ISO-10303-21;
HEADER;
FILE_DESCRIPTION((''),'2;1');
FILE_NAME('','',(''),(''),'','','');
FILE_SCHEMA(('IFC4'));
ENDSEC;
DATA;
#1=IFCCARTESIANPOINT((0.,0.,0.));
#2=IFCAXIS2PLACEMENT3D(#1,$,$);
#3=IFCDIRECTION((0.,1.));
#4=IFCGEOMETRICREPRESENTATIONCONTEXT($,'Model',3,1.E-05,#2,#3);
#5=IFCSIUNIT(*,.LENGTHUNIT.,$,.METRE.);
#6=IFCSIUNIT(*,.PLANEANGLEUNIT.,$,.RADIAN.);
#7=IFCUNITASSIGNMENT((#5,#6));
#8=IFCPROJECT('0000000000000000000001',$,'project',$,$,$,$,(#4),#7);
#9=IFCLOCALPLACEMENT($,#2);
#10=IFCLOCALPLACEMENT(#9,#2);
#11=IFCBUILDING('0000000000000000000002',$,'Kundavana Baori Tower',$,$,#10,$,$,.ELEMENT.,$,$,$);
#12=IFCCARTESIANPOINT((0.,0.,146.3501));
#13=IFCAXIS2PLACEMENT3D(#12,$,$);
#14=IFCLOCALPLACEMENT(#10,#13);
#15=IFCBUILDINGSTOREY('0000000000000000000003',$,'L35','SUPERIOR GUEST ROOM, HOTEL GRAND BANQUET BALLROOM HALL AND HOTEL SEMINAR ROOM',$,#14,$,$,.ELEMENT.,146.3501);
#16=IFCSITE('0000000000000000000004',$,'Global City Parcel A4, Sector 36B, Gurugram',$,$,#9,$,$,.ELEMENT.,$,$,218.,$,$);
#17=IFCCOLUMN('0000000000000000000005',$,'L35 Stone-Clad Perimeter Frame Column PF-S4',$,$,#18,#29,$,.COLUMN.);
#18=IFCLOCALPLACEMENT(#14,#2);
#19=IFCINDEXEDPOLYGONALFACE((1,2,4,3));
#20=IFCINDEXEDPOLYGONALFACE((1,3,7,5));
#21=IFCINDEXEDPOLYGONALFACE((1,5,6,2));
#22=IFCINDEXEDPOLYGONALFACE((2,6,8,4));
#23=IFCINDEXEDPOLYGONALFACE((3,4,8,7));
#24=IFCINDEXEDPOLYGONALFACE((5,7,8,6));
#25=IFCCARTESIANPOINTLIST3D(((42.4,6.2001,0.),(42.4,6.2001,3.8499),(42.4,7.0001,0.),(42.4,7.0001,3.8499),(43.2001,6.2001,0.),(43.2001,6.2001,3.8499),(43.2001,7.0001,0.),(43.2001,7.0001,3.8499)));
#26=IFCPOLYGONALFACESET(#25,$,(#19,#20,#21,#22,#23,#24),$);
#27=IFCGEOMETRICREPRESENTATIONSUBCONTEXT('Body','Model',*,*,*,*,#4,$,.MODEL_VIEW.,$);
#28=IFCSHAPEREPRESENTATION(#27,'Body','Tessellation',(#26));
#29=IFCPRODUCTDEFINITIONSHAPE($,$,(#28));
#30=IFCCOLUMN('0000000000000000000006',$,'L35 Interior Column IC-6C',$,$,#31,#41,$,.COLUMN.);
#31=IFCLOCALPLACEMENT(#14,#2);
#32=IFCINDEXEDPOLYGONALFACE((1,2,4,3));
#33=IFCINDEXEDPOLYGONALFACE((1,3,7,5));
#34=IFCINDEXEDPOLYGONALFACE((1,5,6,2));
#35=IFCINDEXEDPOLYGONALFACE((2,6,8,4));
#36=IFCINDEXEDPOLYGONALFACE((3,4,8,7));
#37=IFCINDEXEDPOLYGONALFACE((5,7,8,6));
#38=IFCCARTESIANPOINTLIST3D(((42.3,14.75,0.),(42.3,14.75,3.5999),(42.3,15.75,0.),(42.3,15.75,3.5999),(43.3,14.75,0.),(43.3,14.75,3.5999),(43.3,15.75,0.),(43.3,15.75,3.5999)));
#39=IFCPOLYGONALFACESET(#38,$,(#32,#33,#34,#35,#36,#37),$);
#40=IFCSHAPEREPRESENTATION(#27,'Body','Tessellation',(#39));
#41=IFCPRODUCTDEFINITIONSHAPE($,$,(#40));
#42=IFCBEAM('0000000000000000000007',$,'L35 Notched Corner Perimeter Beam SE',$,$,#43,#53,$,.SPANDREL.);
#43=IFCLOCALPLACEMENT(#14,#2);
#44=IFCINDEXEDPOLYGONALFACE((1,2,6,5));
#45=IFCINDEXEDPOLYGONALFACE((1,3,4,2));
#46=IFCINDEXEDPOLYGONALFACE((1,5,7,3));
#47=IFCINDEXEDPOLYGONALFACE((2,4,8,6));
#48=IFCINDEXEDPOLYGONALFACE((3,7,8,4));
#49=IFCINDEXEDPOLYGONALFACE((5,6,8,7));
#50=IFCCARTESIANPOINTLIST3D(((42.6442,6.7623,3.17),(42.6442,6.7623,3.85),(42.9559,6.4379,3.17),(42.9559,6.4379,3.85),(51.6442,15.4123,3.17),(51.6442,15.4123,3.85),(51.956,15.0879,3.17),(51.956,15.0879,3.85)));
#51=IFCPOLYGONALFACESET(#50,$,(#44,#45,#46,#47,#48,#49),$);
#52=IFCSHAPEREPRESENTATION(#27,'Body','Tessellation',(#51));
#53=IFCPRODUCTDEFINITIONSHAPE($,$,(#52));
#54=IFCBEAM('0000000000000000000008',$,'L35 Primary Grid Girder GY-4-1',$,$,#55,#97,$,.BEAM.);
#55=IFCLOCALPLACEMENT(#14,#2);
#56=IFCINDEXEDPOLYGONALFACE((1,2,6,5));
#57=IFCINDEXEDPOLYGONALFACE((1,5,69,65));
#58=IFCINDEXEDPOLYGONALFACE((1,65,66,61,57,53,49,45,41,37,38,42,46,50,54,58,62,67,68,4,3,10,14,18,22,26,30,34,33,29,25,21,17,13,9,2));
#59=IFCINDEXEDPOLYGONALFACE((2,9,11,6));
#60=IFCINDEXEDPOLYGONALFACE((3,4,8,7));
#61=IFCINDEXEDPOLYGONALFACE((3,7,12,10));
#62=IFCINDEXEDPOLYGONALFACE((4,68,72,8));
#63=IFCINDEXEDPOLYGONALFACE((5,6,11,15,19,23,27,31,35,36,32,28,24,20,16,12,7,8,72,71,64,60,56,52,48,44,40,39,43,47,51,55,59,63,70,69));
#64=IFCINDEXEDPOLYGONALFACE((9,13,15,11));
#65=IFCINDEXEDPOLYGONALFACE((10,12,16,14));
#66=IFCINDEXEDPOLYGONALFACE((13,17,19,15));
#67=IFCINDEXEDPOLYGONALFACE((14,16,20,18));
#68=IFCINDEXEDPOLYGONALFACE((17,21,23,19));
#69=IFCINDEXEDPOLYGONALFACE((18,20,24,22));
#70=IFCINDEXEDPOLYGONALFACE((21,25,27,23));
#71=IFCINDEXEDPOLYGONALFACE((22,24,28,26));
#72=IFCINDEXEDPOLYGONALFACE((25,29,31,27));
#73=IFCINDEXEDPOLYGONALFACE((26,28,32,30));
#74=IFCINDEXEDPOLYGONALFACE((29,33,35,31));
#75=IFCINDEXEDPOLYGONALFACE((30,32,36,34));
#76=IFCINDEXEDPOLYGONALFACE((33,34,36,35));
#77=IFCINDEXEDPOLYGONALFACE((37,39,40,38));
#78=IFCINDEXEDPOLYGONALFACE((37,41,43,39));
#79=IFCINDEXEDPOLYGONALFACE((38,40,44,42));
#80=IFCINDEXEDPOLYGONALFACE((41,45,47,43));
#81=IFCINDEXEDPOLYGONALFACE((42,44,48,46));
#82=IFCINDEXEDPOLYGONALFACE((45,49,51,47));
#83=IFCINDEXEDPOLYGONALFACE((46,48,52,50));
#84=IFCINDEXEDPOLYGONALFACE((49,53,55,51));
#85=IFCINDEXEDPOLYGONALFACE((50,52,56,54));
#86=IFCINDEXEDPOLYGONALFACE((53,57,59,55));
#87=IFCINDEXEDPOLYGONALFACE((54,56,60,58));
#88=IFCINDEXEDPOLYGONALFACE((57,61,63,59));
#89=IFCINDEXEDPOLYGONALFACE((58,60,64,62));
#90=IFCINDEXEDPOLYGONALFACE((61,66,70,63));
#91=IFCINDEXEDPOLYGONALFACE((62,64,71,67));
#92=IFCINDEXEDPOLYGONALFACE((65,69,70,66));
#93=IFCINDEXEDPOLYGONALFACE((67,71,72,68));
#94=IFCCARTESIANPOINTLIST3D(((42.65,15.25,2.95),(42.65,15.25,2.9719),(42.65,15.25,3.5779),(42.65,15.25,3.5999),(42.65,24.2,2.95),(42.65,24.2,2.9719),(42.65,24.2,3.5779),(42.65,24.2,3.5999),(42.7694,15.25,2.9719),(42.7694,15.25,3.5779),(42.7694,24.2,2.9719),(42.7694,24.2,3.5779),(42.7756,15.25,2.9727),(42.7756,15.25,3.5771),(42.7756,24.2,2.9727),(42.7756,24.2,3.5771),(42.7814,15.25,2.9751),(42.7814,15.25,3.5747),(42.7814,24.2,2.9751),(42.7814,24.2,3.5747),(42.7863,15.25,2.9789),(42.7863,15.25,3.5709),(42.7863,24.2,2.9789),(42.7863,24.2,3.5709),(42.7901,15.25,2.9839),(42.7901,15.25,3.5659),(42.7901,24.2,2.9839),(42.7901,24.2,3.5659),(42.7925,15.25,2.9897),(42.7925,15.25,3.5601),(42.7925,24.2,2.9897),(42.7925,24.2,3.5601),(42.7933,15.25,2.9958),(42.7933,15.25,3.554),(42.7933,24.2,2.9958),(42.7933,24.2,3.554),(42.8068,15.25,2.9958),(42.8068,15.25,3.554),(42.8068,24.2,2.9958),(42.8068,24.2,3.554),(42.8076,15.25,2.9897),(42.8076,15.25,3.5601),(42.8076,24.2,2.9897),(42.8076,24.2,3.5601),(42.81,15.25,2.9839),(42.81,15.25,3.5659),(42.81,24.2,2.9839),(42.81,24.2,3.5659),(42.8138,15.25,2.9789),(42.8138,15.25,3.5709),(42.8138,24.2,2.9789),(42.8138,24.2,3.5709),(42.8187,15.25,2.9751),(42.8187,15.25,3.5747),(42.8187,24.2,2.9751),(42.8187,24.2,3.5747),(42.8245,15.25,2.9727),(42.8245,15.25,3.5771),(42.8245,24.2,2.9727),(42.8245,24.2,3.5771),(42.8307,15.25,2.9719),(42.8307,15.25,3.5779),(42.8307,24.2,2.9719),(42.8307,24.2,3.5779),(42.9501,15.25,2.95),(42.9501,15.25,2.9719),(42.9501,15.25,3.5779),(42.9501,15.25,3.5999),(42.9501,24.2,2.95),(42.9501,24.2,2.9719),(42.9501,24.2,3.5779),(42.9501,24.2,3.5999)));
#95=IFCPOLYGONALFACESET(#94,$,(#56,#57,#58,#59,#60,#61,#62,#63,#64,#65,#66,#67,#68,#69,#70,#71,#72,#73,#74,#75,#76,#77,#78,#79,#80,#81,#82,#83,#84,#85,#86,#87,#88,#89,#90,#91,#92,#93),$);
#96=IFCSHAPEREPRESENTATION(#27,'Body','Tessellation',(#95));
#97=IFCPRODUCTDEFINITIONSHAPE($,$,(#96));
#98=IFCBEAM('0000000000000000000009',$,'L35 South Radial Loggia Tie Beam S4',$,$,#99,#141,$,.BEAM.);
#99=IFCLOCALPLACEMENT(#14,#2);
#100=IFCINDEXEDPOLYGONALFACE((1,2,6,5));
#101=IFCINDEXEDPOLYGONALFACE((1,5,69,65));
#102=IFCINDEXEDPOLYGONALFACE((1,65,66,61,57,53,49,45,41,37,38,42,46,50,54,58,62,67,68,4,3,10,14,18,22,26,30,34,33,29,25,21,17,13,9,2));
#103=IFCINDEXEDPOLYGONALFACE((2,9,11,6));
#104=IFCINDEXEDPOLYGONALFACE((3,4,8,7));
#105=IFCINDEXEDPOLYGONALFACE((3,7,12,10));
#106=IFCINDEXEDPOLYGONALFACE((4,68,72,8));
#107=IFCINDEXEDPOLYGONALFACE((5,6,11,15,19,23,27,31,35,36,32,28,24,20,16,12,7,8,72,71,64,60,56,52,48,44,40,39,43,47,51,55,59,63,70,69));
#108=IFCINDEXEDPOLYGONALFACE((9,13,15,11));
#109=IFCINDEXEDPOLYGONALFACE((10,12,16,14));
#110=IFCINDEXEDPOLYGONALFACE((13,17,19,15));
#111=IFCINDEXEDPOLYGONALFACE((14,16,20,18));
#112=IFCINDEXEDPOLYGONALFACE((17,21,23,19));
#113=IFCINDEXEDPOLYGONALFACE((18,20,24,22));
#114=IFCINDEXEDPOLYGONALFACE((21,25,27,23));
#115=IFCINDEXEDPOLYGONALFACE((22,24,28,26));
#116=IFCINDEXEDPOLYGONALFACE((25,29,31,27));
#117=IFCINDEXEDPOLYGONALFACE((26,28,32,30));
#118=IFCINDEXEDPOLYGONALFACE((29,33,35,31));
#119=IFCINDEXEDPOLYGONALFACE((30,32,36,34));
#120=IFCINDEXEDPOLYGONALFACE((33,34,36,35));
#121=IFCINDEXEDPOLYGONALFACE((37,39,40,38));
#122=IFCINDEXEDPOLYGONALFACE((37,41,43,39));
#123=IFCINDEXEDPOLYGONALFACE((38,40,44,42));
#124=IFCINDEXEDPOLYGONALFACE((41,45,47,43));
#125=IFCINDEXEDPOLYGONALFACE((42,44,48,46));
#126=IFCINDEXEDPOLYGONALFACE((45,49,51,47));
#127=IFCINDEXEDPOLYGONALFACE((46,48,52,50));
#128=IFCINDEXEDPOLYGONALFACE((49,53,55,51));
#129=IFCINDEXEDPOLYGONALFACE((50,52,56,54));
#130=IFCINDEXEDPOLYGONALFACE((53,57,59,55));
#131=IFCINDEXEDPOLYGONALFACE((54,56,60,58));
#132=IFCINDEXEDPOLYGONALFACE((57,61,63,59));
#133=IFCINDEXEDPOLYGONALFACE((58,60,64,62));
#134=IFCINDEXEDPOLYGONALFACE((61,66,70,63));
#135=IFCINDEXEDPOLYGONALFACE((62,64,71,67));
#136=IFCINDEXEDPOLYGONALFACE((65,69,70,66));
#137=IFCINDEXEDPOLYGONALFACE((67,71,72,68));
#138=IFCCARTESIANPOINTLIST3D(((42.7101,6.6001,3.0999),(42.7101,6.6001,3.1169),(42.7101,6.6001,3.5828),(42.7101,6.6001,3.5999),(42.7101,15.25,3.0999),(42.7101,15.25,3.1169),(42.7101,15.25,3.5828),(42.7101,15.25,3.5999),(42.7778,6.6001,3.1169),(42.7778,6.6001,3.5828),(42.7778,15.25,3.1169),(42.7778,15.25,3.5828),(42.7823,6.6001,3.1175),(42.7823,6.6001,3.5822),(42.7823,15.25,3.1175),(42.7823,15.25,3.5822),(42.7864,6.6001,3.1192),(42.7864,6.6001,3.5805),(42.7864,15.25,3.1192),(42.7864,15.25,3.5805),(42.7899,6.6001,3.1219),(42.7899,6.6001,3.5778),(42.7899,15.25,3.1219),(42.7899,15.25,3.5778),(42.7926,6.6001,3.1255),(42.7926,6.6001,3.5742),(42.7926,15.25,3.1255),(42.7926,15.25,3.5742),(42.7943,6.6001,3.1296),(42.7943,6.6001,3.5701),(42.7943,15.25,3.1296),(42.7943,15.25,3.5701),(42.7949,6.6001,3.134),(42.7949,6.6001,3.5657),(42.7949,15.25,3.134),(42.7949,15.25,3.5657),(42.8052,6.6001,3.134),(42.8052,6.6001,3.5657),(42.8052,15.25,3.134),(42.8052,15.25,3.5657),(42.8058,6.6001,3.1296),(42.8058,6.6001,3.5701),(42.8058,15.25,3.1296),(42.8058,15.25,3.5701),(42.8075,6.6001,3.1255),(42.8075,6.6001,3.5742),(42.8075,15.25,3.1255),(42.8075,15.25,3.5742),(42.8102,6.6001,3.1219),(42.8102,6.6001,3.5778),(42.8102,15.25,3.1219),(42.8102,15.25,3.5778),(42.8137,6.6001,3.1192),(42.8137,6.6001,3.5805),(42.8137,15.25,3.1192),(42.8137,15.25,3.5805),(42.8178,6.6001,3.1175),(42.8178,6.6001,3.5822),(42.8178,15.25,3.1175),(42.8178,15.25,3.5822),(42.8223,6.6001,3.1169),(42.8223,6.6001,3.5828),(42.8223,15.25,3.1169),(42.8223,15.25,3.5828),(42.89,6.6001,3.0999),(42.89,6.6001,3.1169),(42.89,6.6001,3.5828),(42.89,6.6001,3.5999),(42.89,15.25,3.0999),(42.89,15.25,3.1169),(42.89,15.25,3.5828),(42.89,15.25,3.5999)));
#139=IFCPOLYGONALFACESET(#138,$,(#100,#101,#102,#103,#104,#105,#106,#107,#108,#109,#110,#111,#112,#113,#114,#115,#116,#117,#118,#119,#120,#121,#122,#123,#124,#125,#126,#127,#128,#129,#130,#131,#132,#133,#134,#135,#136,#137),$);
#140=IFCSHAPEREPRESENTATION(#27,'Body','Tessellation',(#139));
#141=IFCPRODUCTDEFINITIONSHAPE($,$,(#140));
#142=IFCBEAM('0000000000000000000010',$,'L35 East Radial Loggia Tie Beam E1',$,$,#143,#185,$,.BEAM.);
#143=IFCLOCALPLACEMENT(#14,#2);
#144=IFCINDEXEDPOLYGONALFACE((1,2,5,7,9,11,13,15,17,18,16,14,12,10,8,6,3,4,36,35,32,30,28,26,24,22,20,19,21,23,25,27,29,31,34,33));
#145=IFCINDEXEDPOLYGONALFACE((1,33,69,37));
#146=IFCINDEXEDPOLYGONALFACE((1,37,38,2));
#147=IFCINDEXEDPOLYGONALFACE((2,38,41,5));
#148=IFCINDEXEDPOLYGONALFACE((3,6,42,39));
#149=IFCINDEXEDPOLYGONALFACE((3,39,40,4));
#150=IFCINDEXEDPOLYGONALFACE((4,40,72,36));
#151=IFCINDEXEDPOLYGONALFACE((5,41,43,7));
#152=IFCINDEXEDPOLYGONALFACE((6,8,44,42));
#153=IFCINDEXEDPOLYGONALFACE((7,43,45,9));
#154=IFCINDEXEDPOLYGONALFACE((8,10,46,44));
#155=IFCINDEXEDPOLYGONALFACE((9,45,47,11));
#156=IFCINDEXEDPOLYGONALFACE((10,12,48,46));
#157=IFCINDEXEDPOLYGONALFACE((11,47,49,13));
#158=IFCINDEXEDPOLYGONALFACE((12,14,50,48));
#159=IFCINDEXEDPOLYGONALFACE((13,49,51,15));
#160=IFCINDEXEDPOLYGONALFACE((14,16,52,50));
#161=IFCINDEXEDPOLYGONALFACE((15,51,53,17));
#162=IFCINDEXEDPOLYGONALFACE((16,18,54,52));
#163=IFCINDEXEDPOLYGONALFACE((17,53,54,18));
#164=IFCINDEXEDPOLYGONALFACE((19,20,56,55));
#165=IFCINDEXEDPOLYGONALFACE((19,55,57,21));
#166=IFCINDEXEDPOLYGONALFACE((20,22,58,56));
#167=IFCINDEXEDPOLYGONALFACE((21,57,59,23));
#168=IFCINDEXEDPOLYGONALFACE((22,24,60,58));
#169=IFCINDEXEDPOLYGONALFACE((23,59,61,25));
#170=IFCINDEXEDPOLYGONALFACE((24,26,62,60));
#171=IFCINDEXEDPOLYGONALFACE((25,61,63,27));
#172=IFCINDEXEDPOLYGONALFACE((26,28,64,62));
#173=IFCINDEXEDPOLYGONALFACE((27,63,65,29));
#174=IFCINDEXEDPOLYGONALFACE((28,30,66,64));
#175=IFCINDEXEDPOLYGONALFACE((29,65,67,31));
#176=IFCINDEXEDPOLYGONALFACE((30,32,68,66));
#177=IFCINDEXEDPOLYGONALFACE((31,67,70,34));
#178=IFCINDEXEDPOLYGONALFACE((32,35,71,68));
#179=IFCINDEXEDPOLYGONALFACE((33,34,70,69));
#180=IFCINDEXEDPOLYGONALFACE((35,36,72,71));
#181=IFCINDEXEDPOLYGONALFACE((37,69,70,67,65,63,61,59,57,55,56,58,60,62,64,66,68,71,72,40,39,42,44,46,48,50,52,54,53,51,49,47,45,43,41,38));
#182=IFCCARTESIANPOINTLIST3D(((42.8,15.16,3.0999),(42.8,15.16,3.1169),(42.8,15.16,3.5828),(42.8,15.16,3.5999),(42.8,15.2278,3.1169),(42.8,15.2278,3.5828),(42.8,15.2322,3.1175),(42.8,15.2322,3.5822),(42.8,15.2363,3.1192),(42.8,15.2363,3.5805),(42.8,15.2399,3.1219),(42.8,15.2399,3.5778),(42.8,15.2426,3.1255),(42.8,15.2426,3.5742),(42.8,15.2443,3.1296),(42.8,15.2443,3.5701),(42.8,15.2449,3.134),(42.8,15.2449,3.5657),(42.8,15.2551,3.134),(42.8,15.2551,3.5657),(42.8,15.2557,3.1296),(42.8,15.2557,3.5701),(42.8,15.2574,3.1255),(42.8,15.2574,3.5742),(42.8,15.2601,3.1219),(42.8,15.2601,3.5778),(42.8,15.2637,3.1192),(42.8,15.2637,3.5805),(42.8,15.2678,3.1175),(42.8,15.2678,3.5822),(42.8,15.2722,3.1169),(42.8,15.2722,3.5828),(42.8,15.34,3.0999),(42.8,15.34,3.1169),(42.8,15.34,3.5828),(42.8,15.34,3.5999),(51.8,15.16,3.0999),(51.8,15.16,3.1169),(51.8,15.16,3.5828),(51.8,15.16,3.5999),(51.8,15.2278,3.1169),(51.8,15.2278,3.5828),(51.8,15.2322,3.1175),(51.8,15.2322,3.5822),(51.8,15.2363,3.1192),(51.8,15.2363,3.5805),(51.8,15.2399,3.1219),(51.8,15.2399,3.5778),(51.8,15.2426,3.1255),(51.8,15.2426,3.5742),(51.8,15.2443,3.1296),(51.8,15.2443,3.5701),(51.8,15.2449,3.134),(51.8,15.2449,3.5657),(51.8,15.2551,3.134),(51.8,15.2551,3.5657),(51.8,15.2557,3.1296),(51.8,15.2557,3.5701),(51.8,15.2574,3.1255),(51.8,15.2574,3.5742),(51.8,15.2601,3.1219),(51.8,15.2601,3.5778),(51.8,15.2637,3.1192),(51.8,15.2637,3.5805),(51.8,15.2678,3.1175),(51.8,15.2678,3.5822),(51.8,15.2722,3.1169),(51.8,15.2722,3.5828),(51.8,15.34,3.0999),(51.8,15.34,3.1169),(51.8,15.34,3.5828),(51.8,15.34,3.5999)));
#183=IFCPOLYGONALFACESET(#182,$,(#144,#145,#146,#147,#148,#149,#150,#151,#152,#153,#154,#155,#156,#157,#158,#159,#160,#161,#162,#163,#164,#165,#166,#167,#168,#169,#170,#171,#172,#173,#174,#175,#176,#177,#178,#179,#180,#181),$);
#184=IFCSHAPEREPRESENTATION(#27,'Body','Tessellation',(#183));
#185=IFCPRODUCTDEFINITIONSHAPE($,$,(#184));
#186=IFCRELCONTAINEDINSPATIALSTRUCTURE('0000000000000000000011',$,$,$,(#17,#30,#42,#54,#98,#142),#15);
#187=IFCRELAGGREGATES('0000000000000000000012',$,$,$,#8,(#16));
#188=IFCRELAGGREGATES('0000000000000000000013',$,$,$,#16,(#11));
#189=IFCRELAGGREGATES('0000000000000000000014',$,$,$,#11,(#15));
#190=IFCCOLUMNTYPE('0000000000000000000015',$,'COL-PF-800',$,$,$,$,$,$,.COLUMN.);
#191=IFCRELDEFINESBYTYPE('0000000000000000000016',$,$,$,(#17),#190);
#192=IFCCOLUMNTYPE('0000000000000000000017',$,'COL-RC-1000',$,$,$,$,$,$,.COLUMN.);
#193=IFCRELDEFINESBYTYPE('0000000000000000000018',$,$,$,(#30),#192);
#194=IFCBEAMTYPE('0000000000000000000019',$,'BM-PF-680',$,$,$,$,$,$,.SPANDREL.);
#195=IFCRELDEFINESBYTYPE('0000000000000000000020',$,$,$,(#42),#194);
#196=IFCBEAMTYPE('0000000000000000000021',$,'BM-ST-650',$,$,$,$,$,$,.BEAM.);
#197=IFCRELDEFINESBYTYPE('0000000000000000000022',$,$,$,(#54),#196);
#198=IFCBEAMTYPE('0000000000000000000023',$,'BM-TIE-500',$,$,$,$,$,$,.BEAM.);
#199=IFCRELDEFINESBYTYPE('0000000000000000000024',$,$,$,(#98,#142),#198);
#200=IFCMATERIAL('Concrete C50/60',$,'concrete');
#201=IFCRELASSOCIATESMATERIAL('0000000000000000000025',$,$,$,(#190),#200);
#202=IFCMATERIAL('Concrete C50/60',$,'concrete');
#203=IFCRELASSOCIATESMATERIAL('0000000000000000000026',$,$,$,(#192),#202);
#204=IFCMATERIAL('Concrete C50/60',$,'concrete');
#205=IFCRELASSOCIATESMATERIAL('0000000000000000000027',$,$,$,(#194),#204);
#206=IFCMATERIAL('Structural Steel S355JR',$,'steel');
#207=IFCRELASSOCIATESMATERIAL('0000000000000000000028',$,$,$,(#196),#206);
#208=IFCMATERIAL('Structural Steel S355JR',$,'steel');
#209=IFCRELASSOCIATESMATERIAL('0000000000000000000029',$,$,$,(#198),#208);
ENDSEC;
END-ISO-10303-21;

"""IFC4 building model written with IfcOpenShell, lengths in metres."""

from ifc_helpers import new_model, si_unit, direction, frame, origin, origin_2d, place, context, subcontext, project, spatial, rectangle, i_section, extrude, material, material_profile, profile_set, type_object, element, save


model = new_model("IFC4")

# Units and contexts
model_context = context("Model", 3, precision=1e-05, world=origin(), true_north=direction((0.0, 1.0)))
body_context = subcontext(model_context, "Body", "Model", "MODEL_VIEW")
ifc_project = project(units=[si_unit("LENGTHUNIT", "METRE"), si_unit("PLANEANGLEUNIT", "RADIAN")], contexts=[model_context])

# Site, building, storey
site_placement = place(None, origin())
site = spatial("IfcSite", under=ifc_project, at=site_placement, Name="Global City Parcel A4, Sector 36B, Gurugram", CompositionType="ELEMENT", RefElevation=218.0)
building_placement = place(site_placement, origin())
building = spatial("IfcBuilding", under=site, at=building_placement, Name="Kundavana Baori Tower", CompositionType="ELEMENT")
storey_placement = place(building_placement, frame((0.0, 0.0, 146.3501)))
storey = spatial("IfcBuildingStorey", under=building, at=storey_placement, Name="L35", Description="SUPERIOR GUEST ROOM, HOTEL GRAND BANQUET BALLROOM HALL AND HOTEL SEMINAR ROOM", CompositionType="ELEMENT", Elevation=146.3501)

# Columns
ifc_material_1 = material(Name="Concrete C50/60", Category="concrete")
ifc_material_profile_1 = material_profile(ifc_material_1, rectangle(XDim=0.8, YDim=0.8, at=origin_2d()), Name="RC PF 800x800")
ifc_profile_set_1 = profile_set([ifc_material_profile_1], Name="Concrete C50/60")
column_type_1 = type_object("IfcColumnType", Name="COL-PF-800", PredefinedType="COLUMN", material=ifc_profile_set_1)
column_1_placement = place(storey_placement, frame((42.8, 6.6001, 0.0), z_axis=(0.0, 0.0, 1.0), x_axis=(1.0, 0.0, 0.0)))
element("IfcColumn", 1, at=column_1_placement, inside=storey, type_object=column_type_1, Name="L35 Stone-Clad Perimeter Frame Column PF-S4", PredefinedType="COLUMN", context=body_context, shape_type="SweptSolid", body=[
    extrude(rectangle(XDim=0.8, YDim=0.8, at=origin_2d()), origin(), (0.0, 0.0, 1.0), 3.8499),
])
ifc_material_2 = material(Name="Concrete C50/60", Category="concrete")
ifc_material_profile_2 = material_profile(ifc_material_2, rectangle(XDim=1.0, YDim=1.0, at=origin_2d()), Name="RC 1000x1000")
ifc_profile_set_2 = profile_set([ifc_material_profile_2], Name="Concrete C50/60")
column_type_2 = type_object("IfcColumnType", Name="COL-RC-1000", PredefinedType="COLUMN", material=ifc_profile_set_2)
column_2_placement = place(storey_placement, frame((42.8, 15.25, 0.0), z_axis=(0.0, 0.0, 1.0), x_axis=(1.0, 0.0, 0.0)))
element("IfcColumn", 2, at=column_2_placement, inside=storey, type_object=column_type_2, Name="L35 Interior Column IC-6C", PredefinedType="COLUMN", context=body_context, shape_type="SweptSolid", body=[
    extrude(rectangle(XDim=1.0, YDim=1.0, at=origin_2d()), origin(), (0.0, 0.0, 1.0), 3.5999),
])

# Beams
ifc_material_3 = material(Name="Concrete C50/60", Category="concrete")
ifc_material_profile_3 = material_profile(ifc_material_3, rectangle(XDim=0.45, YDim=0.6799, at=origin_2d()), Name="RC BM 450x680")
ifc_profile_set_3 = profile_set([ifc_material_profile_3], Name="Concrete C50/60")
beam_type_1 = type_object("IfcBeamType", Name="BM-PF-680", PredefinedType="SPANDREL", material=ifc_profile_set_3)
beam_1_placement = place(storey_placement, frame((42.8, 6.6001, 3.51), z_axis=(0.720991, 0.692945, 0.0), x_axis=(-0.692945, 0.720991, 0.0)))
element("IfcBeam", 3, at=beam_1_placement, inside=storey, type_object=beam_type_1, Name="L35 Notched Corner Perimeter Beam SE", PredefinedType="SPANDREL", context=body_context, shape_type="SweptSolid", body=[
    extrude(rectangle(XDim=0.45, YDim=0.6799, at=origin_2d()), origin(), (0.0, 0.0, 1.0), 12.4829),
])
ifc_material_4 = material(Name="Structural Steel S355JR", Category="steel")
ifc_material_profile_4 = material_profile(ifc_material_4, i_section(OverallWidth=0.3, OverallDepth=0.6499, WebThickness=0.0134, FlangeThickness=0.022, FilletRadius=0.0239, at=origin_2d()), Name="NPB 650x300x155")
ifc_profile_set_4 = profile_set([ifc_material_profile_4], Name="Structural Steel S355JR")
beam_type_2 = type_object("IfcBeamType", Name="BM-ST-650", PredefinedType="BEAM", material=ifc_profile_set_4)
beam_2_placement = place(storey_placement, frame((42.8, 15.25, 3.2749), z_axis=(0.0, 1.0, 0.0), x_axis=(-1.0, 0.0, 0.0)))
element("IfcBeam", 4, at=beam_2_placement, inside=storey, type_object=beam_type_2, Name="L35 Primary Grid Girder GY-4-1", PredefinedType="BEAM", context=body_context, shape_type="SweptSolid", body=[
    extrude(i_section(OverallWidth=0.3, OverallDepth=0.6499, WebThickness=0.0134, FlangeThickness=0.022, FilletRadius=0.0239, at=origin_2d()), origin(), (0.0, 0.0, 1.0), 8.95),
])
ifc_material_5 = material(Name="Structural Steel S355JR", Category="steel")
ifc_material_profile_5 = material_profile(ifc_material_5, i_section(OverallWidth=0.1799, OverallDepth=0.5, WebThickness=0.0103, FlangeThickness=0.0171, FilletRadius=0.0171, at=origin_2d()), Name="ISMB 500")
ifc_profile_set_5 = profile_set([ifc_material_profile_5], Name="Structural Steel S355JR")
beam_type_3 = type_object("IfcBeamType", Name="BM-TIE-500", PredefinedType="BEAM", material=ifc_profile_set_5)
beam_3_placement = place(storey_placement, frame((42.8, 15.25, 3.3499), z_axis=(0.0, -1.0, 0.0), x_axis=(1.0, 0.0, 0.0)))
element("IfcBeam", 5, at=beam_3_placement, inside=storey, type_object=beam_type_3, Name="L35 South Radial Loggia Tie Beam S4", PredefinedType="BEAM", context=body_context, shape_type="SweptSolid", body=[
    extrude(i_section(OverallWidth=0.1799, OverallDepth=0.5, WebThickness=0.0103, FlangeThickness=0.0171, FilletRadius=0.0171, at=origin_2d()), origin(), (0.0, 0.0, 1.0), 8.6499),
])
beam_4_placement = place(storey_placement, frame((42.8, 15.25, 3.3499), z_axis=(1.0, 0.0, 0.0), x_axis=(0.0, 1.0, 0.0)))
element("IfcBeam", 6, at=beam_4_placement, inside=storey, type_object=beam_type_3, Name="L35 East Radial Loggia Tie Beam E1", PredefinedType="BEAM", context=body_context, shape_type="SweptSolid", body=[
    extrude(i_section(OverallWidth=0.1799, OverallDepth=0.5, WebThickness=0.0103, FlangeThickness=0.0171, FilletRadius=0.0171, at=origin_2d()), origin(), (0.0, 0.0, 1.0), 9.0),
])

save(model, "model.ifc")
